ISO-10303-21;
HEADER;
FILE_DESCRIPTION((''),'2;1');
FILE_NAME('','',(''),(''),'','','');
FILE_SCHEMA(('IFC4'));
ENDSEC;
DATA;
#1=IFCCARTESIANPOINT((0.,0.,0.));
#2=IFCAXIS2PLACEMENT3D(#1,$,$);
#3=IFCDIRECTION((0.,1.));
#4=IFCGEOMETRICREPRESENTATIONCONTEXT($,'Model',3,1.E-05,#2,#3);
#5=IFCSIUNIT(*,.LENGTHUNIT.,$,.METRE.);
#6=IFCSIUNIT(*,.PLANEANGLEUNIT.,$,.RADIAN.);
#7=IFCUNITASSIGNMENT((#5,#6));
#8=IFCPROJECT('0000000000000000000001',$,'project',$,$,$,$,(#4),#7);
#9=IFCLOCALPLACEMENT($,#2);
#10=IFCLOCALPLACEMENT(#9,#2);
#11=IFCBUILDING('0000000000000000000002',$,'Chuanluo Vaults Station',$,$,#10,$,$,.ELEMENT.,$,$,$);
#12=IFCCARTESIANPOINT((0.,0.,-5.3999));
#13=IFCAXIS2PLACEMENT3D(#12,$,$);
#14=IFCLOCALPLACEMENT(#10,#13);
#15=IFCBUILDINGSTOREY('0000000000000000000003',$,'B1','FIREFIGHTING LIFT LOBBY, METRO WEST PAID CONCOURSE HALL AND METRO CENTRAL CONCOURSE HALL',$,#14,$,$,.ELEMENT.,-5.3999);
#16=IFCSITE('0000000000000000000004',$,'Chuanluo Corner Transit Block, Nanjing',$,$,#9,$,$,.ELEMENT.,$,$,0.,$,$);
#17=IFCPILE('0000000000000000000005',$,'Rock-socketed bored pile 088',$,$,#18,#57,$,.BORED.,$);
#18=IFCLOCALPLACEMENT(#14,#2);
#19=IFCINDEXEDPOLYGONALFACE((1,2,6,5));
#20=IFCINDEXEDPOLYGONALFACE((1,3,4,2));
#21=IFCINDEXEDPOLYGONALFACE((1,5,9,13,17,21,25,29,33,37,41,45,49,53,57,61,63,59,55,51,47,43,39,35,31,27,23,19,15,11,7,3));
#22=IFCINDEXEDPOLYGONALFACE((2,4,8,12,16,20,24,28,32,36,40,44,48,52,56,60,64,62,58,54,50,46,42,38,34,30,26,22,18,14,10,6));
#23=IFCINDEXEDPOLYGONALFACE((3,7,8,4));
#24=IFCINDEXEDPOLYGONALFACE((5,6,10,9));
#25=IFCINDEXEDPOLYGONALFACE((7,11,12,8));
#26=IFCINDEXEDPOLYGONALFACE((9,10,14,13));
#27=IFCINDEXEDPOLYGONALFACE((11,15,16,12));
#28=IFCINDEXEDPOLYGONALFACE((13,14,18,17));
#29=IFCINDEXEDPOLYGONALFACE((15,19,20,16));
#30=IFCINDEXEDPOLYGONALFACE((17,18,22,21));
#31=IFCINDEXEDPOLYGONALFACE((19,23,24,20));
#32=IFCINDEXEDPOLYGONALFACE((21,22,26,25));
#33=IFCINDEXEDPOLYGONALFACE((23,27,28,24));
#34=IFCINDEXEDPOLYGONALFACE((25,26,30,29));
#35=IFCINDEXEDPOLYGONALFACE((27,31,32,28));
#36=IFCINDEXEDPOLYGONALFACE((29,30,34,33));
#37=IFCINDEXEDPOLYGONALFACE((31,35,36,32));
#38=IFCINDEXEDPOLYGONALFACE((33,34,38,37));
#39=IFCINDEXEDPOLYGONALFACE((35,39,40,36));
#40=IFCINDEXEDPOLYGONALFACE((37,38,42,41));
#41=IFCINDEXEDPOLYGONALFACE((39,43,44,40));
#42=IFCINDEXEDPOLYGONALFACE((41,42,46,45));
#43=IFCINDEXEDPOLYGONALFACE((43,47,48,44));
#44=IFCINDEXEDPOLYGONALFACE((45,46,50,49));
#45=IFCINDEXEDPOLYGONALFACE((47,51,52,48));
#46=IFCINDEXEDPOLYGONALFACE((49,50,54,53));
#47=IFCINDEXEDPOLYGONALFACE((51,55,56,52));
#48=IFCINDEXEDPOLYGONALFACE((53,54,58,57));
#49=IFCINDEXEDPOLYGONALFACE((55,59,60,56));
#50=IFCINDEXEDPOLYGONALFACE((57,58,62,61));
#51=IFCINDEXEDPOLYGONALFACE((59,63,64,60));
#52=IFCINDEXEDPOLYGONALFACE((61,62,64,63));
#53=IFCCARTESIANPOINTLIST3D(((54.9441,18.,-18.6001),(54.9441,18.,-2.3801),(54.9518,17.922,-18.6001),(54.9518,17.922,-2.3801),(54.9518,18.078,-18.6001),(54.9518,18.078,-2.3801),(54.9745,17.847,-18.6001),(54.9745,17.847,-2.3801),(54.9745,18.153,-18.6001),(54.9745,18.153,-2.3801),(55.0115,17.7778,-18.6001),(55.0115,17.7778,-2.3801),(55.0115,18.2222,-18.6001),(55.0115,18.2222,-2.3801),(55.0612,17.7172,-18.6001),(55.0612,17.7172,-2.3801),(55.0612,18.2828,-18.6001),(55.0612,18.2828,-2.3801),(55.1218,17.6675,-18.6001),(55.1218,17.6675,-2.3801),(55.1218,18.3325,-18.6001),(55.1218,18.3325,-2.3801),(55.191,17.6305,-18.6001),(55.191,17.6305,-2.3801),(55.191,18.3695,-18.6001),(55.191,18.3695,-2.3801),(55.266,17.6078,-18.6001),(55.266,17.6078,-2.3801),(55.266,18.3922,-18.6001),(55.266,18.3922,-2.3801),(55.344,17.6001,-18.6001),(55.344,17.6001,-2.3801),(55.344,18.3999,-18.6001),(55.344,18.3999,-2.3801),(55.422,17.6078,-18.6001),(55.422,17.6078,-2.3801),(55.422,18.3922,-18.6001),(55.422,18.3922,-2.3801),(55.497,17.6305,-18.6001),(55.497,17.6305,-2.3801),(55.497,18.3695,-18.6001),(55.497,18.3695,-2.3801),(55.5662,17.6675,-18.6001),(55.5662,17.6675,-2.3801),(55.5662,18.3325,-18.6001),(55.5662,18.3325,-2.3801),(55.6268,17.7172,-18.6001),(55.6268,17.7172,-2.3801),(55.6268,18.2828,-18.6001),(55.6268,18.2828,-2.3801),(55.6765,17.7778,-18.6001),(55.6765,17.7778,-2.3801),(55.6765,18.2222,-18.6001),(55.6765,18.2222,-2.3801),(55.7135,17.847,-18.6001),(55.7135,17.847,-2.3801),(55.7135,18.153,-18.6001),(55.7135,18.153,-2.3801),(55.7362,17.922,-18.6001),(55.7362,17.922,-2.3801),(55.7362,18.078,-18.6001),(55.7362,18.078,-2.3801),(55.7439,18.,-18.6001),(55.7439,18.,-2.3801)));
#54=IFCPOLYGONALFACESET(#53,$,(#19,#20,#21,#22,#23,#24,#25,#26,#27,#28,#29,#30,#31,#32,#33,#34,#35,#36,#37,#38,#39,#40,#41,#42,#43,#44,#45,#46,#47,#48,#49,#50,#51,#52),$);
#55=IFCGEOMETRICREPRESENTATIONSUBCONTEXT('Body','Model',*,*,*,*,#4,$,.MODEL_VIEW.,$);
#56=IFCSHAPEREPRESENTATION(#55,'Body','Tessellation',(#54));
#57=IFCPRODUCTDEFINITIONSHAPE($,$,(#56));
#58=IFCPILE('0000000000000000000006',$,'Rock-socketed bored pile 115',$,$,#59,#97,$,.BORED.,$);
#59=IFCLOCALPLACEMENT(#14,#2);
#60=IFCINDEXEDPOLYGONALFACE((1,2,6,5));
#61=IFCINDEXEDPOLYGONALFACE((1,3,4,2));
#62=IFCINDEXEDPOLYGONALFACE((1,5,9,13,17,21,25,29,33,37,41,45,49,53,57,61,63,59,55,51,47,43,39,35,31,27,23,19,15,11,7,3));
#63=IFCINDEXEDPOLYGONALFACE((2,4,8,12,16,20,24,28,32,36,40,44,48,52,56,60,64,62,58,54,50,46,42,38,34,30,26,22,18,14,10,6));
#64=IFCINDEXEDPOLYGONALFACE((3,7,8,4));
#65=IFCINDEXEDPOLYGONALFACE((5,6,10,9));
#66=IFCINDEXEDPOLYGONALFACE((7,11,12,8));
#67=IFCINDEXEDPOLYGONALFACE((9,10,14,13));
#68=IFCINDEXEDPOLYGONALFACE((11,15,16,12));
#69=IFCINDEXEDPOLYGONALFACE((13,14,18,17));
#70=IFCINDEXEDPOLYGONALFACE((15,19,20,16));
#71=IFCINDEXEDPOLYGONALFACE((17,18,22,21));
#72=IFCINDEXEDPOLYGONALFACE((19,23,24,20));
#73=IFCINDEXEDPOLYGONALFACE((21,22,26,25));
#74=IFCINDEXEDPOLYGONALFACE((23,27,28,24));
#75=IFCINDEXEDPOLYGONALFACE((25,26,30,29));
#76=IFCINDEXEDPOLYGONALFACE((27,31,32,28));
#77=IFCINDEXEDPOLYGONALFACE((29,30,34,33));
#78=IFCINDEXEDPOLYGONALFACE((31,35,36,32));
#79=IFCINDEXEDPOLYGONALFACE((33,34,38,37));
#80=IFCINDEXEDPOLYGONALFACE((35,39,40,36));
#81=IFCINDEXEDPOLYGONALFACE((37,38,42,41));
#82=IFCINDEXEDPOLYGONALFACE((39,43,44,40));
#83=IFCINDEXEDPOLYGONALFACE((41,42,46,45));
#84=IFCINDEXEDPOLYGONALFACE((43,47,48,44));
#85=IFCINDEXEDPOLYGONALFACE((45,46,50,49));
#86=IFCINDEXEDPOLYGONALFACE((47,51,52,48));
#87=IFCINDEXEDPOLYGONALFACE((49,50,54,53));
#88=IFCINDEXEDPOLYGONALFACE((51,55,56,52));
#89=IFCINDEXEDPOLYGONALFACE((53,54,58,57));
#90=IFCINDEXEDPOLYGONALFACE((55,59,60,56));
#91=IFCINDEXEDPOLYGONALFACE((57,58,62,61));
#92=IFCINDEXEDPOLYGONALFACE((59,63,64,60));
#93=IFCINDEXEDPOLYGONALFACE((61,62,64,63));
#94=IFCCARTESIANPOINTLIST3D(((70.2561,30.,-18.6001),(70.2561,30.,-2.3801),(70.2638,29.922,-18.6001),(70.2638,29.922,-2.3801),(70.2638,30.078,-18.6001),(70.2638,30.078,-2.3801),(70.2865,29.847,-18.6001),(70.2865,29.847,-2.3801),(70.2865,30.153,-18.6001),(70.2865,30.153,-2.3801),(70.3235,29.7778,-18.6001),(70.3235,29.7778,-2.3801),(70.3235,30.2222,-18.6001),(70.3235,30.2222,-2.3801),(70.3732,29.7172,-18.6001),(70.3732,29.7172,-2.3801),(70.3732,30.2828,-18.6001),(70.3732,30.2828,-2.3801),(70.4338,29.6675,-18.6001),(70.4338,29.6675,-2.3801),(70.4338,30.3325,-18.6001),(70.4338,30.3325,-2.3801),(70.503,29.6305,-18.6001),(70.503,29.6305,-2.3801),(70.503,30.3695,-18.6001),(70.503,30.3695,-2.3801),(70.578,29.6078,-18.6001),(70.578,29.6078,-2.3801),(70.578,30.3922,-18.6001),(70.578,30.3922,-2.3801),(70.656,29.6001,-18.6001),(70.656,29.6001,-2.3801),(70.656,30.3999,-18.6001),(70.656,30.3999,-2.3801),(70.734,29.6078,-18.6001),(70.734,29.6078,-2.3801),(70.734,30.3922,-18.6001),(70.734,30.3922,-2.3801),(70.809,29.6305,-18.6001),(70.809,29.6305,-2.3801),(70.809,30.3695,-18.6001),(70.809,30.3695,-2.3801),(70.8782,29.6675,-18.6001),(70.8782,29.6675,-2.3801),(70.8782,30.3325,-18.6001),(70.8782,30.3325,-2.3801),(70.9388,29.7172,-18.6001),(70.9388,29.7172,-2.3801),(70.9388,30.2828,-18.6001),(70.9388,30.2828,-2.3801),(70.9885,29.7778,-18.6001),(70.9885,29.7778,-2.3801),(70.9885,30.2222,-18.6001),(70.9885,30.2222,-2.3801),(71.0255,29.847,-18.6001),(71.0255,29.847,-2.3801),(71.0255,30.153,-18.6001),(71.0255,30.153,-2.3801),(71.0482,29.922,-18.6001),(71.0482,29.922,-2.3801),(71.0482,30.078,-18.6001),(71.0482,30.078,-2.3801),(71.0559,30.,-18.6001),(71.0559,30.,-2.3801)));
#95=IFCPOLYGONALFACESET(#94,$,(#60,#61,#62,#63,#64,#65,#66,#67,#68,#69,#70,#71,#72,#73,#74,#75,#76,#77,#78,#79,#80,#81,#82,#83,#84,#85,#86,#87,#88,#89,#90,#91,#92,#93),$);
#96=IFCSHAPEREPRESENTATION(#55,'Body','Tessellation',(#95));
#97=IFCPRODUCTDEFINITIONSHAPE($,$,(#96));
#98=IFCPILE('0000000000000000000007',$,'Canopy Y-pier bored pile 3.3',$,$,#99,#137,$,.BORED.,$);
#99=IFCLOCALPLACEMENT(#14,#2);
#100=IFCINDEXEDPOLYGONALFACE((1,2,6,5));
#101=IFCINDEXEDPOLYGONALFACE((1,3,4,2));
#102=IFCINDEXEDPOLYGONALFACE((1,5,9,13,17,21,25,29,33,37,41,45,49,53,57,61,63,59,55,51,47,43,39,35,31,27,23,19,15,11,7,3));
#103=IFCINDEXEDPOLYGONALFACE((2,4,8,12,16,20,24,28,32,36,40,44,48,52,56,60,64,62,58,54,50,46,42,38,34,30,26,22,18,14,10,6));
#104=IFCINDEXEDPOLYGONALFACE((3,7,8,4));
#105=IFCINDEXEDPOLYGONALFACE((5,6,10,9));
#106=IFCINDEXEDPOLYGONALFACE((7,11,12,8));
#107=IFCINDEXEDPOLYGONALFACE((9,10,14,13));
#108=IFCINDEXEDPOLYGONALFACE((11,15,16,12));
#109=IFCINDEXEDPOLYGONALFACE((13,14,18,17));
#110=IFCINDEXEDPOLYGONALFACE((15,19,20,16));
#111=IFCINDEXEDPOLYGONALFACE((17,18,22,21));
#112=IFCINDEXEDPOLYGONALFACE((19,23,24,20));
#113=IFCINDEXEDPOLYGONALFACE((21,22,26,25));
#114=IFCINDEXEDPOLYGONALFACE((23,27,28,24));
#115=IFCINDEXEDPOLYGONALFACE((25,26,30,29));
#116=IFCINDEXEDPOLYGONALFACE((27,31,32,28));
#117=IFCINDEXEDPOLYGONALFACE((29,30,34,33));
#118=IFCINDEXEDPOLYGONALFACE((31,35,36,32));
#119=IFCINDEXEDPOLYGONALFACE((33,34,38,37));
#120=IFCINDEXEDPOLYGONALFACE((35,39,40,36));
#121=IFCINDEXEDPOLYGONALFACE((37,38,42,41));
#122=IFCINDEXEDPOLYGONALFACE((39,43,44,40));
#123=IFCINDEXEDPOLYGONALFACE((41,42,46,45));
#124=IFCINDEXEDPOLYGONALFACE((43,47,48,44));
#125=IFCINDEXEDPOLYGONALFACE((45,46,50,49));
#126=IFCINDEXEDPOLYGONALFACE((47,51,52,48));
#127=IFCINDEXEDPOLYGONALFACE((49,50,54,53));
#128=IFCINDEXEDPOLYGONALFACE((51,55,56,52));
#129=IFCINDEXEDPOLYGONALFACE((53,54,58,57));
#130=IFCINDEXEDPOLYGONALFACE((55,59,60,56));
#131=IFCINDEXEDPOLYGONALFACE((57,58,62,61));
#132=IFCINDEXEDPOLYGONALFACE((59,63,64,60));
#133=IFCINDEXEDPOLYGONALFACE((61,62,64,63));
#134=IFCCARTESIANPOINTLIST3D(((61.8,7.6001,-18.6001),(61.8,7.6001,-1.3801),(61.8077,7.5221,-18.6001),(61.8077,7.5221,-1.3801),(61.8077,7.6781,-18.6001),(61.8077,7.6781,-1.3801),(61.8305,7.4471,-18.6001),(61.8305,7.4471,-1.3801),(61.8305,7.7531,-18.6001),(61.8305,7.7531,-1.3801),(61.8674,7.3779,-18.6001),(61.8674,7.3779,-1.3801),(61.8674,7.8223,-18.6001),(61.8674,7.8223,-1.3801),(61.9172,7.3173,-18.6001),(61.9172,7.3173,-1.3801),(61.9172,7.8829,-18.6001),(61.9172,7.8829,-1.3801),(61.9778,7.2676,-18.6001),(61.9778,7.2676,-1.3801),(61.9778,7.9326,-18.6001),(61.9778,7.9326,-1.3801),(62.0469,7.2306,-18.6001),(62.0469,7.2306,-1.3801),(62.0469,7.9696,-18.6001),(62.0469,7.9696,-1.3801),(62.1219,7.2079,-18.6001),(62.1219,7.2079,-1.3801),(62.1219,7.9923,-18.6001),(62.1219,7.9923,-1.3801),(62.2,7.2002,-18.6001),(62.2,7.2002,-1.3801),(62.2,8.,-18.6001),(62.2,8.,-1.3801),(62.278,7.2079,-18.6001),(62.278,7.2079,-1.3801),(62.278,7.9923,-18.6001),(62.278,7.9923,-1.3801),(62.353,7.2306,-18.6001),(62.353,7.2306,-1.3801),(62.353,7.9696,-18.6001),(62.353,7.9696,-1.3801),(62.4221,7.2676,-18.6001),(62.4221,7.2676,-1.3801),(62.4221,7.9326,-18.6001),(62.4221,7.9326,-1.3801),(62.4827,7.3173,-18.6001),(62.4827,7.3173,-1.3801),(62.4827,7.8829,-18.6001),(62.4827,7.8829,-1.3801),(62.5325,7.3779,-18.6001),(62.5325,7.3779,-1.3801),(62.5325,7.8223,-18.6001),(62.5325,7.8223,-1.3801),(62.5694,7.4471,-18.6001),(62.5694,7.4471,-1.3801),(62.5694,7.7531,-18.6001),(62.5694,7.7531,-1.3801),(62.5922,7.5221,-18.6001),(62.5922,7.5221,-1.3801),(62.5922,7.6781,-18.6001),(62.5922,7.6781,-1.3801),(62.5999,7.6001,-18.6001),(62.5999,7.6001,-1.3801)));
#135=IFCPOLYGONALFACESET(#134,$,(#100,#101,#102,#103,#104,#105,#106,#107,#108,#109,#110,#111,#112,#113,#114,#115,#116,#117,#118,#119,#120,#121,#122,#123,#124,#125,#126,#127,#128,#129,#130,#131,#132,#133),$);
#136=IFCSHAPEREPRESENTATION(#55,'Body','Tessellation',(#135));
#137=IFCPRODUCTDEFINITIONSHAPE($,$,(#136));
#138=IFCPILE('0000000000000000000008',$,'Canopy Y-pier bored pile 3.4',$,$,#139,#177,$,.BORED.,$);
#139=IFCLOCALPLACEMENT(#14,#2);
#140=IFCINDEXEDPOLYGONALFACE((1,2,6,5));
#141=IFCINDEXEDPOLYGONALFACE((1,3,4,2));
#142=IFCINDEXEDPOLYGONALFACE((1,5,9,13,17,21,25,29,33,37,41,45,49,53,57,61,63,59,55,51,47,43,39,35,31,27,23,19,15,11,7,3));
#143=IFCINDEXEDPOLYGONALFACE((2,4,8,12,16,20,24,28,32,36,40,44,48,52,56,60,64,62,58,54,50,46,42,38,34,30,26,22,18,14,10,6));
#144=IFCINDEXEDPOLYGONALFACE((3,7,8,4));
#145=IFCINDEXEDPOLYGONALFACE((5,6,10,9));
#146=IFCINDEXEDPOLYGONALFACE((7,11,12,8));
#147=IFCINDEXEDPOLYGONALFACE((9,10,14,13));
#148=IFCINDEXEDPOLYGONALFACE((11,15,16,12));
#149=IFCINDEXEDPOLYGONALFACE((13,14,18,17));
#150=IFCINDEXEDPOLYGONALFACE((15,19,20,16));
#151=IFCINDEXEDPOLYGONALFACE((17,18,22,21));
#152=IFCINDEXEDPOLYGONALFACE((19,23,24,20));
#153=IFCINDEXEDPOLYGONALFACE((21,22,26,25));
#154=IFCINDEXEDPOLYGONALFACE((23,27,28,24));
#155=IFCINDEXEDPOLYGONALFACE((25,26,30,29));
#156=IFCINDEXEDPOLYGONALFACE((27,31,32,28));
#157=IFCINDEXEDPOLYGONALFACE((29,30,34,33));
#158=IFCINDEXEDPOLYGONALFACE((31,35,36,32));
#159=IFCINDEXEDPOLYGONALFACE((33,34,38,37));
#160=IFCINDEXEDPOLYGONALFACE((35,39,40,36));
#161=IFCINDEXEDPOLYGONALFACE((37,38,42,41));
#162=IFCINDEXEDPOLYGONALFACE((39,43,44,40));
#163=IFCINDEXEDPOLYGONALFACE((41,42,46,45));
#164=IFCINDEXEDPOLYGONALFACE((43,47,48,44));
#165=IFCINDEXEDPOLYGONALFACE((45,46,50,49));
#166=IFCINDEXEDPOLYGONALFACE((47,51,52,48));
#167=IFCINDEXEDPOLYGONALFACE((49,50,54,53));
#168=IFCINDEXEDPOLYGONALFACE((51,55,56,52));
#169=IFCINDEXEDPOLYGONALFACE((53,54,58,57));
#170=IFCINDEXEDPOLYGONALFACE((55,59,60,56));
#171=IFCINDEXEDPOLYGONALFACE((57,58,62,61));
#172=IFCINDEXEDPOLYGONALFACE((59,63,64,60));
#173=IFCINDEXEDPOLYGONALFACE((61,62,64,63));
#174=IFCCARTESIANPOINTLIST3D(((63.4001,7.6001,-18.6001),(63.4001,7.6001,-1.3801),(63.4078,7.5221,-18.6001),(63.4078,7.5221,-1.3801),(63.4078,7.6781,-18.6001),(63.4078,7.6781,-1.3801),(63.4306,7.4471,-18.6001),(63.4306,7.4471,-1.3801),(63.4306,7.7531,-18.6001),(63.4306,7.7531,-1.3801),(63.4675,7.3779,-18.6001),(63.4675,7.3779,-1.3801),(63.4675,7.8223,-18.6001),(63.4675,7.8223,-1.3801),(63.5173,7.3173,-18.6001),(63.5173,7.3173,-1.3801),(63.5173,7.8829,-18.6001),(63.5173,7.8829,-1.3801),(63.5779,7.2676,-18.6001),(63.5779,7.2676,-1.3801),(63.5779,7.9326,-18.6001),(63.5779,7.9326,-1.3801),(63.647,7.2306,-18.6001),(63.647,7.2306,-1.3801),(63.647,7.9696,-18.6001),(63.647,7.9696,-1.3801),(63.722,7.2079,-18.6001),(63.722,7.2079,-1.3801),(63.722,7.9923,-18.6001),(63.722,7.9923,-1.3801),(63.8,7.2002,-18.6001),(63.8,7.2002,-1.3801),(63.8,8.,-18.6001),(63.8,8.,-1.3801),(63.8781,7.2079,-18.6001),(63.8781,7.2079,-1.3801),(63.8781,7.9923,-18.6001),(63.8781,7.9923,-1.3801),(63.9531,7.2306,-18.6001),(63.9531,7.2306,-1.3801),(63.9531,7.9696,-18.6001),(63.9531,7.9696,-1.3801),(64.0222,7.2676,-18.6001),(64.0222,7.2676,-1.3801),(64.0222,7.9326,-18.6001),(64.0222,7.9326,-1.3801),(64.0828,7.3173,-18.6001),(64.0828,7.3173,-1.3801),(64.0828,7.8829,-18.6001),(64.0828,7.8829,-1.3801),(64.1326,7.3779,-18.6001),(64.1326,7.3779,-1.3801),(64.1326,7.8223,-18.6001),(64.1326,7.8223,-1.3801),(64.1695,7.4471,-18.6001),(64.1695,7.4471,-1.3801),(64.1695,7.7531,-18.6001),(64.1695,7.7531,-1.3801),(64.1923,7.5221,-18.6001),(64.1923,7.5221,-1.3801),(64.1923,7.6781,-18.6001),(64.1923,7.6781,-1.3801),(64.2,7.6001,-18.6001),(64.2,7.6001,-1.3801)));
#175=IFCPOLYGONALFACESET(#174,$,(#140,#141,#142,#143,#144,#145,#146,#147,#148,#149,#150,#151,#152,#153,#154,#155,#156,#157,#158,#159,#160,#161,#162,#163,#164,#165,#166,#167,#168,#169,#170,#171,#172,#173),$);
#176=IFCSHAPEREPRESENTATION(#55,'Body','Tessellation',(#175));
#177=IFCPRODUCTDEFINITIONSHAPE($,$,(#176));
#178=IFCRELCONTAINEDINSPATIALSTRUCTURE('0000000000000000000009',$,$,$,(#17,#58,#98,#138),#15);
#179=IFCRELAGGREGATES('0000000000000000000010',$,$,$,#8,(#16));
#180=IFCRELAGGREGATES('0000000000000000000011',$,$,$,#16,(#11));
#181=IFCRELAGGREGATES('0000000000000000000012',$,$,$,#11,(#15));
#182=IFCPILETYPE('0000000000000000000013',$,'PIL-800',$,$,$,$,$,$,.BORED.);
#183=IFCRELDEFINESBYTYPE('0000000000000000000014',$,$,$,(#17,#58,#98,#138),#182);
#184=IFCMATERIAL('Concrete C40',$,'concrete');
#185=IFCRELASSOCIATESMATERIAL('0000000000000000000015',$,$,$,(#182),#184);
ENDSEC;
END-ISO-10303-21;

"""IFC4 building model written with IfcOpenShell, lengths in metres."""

from ifc_helpers import new_model, si_unit, direction, frame, origin, origin_2d, place, context, subcontext, project, spatial, circle, extrude, material, material_profile, profile_set, type_object, element, save


model = new_model("IFC4")

# Units and contexts
model_context = context("Model", 3, precision=1e-05, world=origin(), true_north=direction((0.0, 1.0)))
body_context = subcontext(model_context, "Body", "Model", "MODEL_VIEW")
ifc_project = project(units=[si_unit("LENGTHUNIT", "METRE"), si_unit("PLANEANGLEUNIT", "RADIAN")], contexts=[model_context])

# Site, building, storey
site_placement = place(None, origin())
site = spatial("IfcSite", under=ifc_project, at=site_placement, Name="Chuanluo Corner Transit Block, Nanjing", CompositionType="ELEMENT", RefElevation=0.0)
building_placement = place(site_placement, origin())
building = spatial("IfcBuilding", under=site, at=building_placement, Name="Chuanluo Vaults Station", CompositionType="ELEMENT")
storey_placement = place(building_placement, frame((0.0, 0.0, -5.3999)))
storey = spatial("IfcBuildingStorey", under=building, at=storey_placement, Name="B1", Description="FIREFIGHTING LIFT LOBBY, METRO WEST PAID CONCOURSE HALL AND METRO CENTRAL CONCOURSE HALL", CompositionType="ELEMENT", Elevation=-5.3999)

# Piles
ifc_material_1 = material(Name="Concrete C40", Category="concrete")
ifc_material_profile_1 = material_profile(ifc_material_1, circle(Radius=0.3999, at=origin_2d()))
ifc_profile_set_1 = profile_set([ifc_material_profile_1], Name="Concrete C40")
pile_type_1 = type_object("IfcPileType", Name="PIL-800", PredefinedType="BORED", material=ifc_profile_set_1)
for number, where, z_axis, x_axis, name in (
    (1, (55.344, 18.0, -2.3801), (0.0, 0.0, -1.0), (1.0, 0.0, 0.0), "Rock-socketed bored pile 088"),
    (2, (70.656, 30.0, -2.3801), (0.0, 0.0, -1.0), (1.0, 0.0, 0.0), "Rock-socketed bored pile 115"),
):
    element("IfcPile", number, at=place(storey_placement, frame(where, z_axis=z_axis, x_axis=x_axis)), inside=storey, type_object=pile_type_1, Name=name, PredefinedType="BORED", context=body_context, shape_type="SweptSolid", body=[
        extrude(circle(Radius=0.3999, at=origin_2d()), origin(), (0.0, 0.0, 1.0), 16.22),
    ])
for number, where, z_axis, x_axis, name in (
    (3, (62.2, 7.6001, -1.3801), (0.0, 0.0, -1.0), (1.0, 0.0, 0.0), "Canopy Y-pier bored pile 3.3"),
    (4, (63.8, 7.6001, -1.3801), (0.0, 0.0, -1.0), (1.0, 0.0, 0.0), "Canopy Y-pier bored pile 3.4"),
):
    element("IfcPile", number, at=place(storey_placement, frame(where, z_axis=z_axis, x_axis=x_axis)), inside=storey, type_object=pile_type_1, Name=name, PredefinedType="BORED", context=body_context, shape_type="SweptSolid", body=[
        extrude(circle(Radius=0.3999, at=origin_2d()), origin(), (0.0, 0.0, 1.0), 17.22),
    ])

save(model, "model.ifc")
